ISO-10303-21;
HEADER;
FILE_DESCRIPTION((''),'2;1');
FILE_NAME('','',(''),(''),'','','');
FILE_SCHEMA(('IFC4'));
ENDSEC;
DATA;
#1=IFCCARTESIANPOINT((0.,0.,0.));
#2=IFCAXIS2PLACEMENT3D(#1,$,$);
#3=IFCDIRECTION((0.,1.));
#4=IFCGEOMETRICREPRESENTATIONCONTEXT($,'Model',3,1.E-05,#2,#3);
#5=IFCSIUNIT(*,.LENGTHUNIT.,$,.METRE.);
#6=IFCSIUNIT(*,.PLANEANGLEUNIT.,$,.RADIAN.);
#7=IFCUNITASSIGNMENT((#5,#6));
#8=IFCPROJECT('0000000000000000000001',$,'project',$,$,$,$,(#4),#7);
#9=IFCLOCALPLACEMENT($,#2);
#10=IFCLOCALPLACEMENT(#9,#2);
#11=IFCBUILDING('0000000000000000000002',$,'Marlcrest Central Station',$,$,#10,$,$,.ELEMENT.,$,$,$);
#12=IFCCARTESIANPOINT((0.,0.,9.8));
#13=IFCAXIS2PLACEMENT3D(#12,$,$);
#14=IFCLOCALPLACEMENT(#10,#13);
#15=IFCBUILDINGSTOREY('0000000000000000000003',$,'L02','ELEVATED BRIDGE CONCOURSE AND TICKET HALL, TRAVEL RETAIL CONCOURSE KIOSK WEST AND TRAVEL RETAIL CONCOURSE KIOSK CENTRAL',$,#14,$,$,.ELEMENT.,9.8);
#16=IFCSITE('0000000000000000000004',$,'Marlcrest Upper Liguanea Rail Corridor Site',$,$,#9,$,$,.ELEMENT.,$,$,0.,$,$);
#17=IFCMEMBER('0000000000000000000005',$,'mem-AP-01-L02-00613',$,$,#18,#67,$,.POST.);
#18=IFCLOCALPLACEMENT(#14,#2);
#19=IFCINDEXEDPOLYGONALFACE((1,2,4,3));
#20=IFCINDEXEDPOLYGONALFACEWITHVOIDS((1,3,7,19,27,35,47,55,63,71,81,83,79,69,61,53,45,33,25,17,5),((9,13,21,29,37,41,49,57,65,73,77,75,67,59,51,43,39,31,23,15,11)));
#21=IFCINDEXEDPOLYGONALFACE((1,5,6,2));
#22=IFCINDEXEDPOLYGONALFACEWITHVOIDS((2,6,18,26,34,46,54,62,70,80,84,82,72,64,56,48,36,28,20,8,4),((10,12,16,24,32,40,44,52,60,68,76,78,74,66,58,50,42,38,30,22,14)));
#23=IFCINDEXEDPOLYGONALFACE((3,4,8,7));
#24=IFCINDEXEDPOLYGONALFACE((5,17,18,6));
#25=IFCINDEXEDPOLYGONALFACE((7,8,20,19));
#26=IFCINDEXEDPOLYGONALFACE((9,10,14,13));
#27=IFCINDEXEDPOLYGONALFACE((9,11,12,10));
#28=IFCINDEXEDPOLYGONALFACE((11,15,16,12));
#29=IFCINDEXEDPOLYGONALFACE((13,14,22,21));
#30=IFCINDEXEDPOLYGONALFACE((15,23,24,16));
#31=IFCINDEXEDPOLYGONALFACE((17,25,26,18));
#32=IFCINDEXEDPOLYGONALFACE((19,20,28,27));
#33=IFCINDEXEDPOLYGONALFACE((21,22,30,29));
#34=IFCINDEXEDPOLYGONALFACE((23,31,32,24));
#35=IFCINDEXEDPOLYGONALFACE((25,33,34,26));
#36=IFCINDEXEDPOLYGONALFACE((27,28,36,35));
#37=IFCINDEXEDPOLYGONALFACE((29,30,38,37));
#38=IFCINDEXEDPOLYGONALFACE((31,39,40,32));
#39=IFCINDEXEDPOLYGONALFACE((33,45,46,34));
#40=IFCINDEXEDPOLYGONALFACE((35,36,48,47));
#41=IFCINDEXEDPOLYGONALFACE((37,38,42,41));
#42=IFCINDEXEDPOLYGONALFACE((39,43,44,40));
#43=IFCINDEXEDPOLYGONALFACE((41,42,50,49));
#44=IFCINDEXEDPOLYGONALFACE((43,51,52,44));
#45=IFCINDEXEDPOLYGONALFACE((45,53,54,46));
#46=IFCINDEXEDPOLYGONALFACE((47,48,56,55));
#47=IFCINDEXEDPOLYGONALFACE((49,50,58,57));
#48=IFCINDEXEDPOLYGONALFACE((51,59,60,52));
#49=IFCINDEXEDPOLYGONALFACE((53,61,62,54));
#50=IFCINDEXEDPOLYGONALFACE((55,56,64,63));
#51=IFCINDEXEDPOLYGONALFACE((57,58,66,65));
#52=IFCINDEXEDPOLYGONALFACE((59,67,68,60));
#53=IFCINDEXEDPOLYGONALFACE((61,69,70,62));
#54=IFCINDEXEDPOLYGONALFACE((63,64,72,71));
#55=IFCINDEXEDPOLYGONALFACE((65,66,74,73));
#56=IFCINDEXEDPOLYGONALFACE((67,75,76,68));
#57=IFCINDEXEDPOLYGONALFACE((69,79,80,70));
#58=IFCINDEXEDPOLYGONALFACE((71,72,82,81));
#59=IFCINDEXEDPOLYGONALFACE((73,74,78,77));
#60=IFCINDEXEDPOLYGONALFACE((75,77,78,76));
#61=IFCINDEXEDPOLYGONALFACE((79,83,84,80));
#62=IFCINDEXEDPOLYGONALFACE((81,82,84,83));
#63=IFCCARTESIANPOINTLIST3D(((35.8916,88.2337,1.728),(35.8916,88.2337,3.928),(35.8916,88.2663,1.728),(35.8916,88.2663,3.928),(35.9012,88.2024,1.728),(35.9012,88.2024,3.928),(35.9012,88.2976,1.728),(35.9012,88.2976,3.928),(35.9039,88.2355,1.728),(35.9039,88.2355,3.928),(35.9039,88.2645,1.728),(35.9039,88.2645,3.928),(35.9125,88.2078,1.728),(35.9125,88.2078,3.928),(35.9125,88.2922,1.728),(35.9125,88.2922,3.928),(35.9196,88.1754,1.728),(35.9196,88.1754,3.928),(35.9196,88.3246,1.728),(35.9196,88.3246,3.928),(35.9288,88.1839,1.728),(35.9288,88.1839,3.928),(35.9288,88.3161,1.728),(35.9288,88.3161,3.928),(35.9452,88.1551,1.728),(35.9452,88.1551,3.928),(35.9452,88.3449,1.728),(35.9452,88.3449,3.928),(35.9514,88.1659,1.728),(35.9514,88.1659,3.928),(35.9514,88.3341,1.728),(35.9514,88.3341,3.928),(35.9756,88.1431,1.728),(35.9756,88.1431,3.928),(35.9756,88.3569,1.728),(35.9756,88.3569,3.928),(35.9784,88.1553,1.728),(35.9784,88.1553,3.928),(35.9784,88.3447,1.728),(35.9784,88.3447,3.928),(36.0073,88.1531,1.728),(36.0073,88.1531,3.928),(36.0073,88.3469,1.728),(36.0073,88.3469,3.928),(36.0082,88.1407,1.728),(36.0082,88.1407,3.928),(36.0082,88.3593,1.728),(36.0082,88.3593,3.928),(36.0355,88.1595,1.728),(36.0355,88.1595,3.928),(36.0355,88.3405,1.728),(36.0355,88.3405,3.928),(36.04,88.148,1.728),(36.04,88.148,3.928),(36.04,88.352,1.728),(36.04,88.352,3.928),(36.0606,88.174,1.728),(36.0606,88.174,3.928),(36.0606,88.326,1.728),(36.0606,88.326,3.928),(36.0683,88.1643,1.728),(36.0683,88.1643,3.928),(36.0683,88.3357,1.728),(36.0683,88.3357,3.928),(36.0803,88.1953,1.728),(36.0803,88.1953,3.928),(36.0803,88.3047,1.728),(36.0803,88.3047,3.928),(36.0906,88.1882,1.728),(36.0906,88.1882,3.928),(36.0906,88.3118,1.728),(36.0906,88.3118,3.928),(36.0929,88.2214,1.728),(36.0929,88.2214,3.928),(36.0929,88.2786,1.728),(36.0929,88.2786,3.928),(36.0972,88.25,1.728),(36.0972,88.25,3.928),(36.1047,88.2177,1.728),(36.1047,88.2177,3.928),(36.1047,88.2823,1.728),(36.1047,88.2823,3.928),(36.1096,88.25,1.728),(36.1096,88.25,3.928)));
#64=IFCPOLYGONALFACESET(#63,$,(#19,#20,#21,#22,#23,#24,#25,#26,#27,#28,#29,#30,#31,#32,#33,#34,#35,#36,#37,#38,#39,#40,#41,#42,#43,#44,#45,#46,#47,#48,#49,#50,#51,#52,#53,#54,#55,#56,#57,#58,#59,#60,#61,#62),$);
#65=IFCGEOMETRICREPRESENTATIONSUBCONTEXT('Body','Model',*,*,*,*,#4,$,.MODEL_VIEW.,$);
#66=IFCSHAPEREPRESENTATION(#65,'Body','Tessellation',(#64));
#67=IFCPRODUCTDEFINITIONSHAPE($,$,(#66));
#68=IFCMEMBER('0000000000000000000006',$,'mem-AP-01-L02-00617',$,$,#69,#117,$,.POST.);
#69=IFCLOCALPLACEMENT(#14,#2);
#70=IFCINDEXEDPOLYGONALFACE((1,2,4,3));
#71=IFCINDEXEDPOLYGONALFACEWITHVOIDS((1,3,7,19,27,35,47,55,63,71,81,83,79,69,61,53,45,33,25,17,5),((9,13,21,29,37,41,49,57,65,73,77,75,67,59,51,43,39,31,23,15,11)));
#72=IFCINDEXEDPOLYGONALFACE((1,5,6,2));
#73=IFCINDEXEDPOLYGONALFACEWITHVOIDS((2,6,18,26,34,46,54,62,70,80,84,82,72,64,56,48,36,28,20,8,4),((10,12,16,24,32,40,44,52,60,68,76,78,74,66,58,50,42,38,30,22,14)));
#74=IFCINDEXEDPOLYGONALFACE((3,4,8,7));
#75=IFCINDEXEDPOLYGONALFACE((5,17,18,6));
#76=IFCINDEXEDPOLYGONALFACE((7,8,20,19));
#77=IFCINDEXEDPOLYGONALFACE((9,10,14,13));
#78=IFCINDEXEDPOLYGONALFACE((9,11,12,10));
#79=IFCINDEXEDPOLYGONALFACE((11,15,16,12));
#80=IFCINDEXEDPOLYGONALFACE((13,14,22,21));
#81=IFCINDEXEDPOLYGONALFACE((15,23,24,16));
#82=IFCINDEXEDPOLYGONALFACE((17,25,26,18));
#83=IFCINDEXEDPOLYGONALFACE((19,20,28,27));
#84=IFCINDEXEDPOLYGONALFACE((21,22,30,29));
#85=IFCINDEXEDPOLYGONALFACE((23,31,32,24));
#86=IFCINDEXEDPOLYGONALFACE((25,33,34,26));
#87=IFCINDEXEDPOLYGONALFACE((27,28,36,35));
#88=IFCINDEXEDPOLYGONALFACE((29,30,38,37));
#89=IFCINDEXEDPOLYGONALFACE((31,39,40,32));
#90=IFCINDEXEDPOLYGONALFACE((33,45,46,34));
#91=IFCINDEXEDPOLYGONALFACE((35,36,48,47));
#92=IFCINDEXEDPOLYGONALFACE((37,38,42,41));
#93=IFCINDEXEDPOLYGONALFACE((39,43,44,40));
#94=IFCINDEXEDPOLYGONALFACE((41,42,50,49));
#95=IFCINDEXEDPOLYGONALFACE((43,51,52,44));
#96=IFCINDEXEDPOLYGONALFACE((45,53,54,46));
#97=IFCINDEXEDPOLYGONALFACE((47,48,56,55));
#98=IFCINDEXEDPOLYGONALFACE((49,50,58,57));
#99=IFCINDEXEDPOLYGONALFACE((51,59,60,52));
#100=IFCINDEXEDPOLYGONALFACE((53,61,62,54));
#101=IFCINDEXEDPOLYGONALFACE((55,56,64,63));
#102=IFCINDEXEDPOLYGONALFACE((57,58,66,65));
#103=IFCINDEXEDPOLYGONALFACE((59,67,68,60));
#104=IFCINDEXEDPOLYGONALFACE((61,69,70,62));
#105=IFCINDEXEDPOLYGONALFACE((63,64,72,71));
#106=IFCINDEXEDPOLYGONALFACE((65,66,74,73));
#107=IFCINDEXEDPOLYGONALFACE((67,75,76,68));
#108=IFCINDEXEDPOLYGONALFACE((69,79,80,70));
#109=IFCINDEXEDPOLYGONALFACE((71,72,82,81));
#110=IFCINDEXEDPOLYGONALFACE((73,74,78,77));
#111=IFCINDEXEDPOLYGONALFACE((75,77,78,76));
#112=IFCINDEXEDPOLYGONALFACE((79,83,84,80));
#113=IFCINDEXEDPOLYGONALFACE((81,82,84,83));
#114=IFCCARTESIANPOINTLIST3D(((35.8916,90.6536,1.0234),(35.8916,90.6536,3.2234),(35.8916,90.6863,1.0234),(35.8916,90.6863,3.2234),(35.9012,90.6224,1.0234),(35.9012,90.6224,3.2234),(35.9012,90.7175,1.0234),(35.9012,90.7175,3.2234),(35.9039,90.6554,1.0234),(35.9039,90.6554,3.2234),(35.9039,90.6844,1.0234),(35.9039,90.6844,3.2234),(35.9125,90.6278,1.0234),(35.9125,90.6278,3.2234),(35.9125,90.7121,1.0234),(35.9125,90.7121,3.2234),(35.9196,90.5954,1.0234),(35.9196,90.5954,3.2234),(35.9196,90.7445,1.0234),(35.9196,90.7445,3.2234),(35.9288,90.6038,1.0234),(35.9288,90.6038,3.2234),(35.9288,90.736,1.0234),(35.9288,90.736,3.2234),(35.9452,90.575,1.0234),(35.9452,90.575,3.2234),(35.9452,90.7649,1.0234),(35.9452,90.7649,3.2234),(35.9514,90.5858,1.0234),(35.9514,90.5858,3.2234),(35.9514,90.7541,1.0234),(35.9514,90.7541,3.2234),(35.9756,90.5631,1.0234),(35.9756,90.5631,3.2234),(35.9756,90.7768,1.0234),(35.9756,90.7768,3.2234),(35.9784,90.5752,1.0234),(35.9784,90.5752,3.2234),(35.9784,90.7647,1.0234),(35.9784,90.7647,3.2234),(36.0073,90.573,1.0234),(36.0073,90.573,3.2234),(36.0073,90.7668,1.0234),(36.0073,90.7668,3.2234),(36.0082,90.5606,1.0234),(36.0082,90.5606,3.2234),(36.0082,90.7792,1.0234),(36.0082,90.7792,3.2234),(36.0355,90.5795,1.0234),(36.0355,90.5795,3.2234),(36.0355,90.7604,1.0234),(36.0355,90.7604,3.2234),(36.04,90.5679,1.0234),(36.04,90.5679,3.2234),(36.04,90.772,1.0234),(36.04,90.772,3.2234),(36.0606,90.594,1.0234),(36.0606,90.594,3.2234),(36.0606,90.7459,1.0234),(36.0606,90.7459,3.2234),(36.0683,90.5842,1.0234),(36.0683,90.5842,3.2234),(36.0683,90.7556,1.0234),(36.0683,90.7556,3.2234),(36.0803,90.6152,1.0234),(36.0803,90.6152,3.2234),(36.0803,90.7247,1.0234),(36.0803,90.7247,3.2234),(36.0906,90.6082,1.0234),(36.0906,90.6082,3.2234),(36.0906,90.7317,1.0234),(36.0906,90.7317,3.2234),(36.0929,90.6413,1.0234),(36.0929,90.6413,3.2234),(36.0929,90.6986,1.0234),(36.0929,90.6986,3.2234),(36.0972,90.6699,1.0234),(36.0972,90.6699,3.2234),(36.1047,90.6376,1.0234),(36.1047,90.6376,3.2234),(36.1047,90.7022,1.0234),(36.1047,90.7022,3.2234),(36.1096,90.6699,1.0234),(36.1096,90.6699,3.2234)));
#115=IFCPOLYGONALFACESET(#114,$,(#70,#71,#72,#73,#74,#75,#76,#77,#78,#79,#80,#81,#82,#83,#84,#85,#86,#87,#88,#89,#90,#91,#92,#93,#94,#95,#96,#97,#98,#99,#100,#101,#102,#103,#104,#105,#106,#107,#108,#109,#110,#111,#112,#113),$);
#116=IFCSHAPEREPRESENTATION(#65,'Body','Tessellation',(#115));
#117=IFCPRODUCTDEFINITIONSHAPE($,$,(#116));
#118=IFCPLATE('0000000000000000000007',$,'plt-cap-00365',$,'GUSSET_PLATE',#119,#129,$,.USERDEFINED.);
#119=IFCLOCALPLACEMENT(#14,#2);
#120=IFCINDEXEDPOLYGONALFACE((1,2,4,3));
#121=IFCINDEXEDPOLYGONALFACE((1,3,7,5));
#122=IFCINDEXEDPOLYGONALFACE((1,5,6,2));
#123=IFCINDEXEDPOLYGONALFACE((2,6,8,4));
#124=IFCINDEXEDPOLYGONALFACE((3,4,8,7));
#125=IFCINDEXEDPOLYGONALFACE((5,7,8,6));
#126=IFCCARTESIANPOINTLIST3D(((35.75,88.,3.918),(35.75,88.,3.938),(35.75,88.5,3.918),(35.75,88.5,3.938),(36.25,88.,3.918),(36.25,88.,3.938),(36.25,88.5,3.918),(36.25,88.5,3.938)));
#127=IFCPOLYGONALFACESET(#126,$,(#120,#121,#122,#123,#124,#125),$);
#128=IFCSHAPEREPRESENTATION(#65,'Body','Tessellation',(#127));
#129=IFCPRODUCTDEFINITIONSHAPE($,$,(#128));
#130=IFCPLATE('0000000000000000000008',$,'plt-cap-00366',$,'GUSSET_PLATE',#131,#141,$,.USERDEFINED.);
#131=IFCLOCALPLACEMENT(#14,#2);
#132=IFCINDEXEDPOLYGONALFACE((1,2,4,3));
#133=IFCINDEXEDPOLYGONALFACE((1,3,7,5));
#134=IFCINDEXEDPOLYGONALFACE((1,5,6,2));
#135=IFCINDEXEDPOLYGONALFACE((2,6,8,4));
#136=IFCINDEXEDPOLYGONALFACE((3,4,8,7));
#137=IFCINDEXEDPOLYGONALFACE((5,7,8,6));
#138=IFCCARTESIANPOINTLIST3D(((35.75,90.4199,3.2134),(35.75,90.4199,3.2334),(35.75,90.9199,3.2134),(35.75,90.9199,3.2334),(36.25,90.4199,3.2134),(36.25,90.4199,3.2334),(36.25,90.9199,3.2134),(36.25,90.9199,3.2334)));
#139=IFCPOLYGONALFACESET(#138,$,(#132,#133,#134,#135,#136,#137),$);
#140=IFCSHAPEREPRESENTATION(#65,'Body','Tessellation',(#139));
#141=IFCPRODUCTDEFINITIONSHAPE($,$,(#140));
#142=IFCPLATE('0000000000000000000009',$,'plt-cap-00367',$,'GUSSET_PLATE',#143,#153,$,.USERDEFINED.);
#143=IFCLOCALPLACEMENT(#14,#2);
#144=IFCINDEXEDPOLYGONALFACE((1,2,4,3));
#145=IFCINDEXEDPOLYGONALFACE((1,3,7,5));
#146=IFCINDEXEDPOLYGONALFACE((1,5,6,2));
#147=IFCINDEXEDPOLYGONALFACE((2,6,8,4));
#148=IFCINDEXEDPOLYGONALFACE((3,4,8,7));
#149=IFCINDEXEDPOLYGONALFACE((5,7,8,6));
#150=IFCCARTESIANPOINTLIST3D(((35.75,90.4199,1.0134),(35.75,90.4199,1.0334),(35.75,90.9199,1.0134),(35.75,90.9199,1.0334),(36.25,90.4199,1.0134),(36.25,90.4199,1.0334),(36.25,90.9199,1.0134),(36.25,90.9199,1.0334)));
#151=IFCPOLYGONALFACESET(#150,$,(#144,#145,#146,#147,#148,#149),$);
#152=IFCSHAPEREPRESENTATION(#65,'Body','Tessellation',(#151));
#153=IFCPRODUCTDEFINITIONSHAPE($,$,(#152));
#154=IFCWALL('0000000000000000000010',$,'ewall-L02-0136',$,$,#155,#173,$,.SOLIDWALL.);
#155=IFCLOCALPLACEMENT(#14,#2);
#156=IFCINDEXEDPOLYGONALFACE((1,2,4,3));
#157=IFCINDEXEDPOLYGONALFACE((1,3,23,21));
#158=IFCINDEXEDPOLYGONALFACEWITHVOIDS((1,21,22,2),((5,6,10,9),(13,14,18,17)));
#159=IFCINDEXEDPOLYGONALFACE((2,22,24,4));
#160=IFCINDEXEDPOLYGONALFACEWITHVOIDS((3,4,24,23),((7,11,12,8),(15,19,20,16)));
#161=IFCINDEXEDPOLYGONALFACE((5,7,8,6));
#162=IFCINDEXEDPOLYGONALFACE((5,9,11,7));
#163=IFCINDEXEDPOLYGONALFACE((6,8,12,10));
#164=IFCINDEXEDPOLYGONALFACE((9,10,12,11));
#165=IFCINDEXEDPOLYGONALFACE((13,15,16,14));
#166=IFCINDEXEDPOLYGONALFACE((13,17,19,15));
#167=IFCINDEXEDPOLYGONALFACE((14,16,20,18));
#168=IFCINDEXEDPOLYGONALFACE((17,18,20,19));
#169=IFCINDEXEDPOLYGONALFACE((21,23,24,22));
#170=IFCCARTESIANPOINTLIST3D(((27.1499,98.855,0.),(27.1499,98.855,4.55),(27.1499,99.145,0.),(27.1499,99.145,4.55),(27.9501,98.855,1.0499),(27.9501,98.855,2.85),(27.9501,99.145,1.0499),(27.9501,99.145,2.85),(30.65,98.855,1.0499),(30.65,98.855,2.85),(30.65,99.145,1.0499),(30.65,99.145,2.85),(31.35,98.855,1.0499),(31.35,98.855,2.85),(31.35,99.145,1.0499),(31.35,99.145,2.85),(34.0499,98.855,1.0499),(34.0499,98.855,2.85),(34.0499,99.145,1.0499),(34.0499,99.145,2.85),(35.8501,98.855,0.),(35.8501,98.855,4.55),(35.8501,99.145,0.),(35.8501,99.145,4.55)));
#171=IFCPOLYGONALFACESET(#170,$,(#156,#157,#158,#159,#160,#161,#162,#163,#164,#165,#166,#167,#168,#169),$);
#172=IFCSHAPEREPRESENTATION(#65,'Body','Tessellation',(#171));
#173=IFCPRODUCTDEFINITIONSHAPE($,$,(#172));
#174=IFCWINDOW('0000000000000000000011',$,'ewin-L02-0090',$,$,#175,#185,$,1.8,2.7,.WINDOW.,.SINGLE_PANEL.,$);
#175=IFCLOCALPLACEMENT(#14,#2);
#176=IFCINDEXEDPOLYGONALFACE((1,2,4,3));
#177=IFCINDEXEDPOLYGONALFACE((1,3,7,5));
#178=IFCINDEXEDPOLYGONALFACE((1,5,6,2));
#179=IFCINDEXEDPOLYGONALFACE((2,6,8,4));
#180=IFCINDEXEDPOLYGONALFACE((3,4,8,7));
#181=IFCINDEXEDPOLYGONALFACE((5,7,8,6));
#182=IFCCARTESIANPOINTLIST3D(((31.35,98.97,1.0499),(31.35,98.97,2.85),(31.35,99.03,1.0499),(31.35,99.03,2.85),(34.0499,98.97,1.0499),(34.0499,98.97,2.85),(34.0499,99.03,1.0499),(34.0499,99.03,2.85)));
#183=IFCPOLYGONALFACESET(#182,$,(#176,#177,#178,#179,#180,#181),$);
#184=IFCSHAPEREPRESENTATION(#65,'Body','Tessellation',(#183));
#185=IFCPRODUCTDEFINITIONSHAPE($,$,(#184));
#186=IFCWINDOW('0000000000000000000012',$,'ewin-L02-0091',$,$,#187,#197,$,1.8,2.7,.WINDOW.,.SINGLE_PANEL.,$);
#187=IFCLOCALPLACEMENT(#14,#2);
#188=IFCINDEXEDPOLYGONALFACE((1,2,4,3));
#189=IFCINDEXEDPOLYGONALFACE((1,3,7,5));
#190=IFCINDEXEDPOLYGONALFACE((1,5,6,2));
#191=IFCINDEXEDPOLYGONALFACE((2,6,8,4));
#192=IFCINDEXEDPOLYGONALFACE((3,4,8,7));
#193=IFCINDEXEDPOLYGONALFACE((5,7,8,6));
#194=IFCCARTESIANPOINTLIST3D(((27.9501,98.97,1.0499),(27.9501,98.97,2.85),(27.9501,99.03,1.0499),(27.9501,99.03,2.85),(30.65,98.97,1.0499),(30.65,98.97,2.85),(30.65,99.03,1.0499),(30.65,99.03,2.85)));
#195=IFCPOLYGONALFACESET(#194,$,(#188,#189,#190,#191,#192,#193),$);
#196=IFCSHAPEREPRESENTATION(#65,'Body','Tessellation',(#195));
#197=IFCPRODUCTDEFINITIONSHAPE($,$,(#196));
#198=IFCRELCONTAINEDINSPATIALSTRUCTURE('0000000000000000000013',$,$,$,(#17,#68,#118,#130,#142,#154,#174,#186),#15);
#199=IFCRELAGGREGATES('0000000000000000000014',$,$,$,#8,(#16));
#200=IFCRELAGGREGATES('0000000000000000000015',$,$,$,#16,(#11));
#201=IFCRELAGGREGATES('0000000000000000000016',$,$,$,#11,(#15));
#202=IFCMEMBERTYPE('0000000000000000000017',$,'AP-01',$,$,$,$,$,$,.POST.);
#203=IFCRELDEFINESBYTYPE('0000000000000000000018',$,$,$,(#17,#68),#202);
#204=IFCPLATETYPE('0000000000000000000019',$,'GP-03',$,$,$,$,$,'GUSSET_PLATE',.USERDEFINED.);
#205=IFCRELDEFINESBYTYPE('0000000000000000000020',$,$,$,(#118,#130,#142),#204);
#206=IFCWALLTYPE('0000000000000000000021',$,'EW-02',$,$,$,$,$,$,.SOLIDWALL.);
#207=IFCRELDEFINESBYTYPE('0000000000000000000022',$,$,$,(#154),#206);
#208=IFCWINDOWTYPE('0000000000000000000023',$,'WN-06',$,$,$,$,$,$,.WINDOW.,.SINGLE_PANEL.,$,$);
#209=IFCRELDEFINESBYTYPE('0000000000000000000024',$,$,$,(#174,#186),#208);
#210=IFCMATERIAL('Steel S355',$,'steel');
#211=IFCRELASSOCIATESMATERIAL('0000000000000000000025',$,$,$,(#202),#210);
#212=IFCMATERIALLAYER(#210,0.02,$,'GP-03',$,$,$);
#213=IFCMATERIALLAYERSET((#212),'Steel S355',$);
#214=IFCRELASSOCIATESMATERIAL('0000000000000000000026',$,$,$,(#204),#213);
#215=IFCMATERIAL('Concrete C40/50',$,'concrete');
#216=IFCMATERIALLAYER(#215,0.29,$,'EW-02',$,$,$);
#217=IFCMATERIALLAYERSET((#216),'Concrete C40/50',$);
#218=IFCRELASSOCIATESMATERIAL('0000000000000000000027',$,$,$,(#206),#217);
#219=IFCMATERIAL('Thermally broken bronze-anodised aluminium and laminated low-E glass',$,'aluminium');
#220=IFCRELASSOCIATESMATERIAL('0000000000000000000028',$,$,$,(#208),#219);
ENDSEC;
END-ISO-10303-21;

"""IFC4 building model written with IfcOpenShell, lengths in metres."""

from ifc_helpers import new_model, si_unit, direction, frame, frame_2d, origin, origin_2d, place, context, subcontext, project, spatial, rectangle, hollow_circle, extrude, material, layer, layer_set, material_profile, profile_set, type_object, element, fill, save


model = new_model("IFC4")

# Units and contexts
model_context = context("Model", 3, precision=1e-05, world=origin(), true_north=direction((0.0, 1.0)))
body_context = subcontext(model_context, "Body", "Model", "MODEL_VIEW")
ifc_project = project(units=[si_unit("LENGTHUNIT", "METRE"), si_unit("PLANEANGLEUNIT", "RADIAN")], contexts=[model_context])

# Site, building, storey
site_placement = place(None, origin())
site = spatial("IfcSite", under=ifc_project, at=site_placement, Name="Marlcrest Upper Liguanea Rail Corridor Site", CompositionType="ELEMENT", RefElevation=0.0)
building_placement = place(site_placement, origin())
building = spatial("IfcBuilding", under=site, at=building_placement, Name="Marlcrest Central Station", CompositionType="ELEMENT")
storey_placement = place(building_placement, frame((0.0, 0.0, 9.8)))
storey = spatial("IfcBuildingStorey", under=building, at=storey_placement, Name="L02", Description="ELEVATED BRIDGE CONCOURSE AND TICKET HALL, TRAVEL RETAIL CONCOURSE KIOSK WEST AND TRAVEL RETAIL CONCOURSE KIOSK CENTRAL", CompositionType="ELEMENT", Elevation=9.8)

# Members
ifc_material_1 = material(Name="Steel S355", Category="steel")
ifc_material_profile_1 = material_profile(ifc_material_1, hollow_circle(Radius=0.1096, WallThickness=0.0125, at=origin_2d()), Name="CHS 219.1x12.5")
ifc_profile_set_1 = profile_set([ifc_material_profile_1], Name="Steel S355")
member_type_1 = type_object("IfcMemberType", Name="AP-01", PredefinedType="POST", material=ifc_profile_set_1)
for number, where, z_axis, x_axis, name in (
    (1, (36.0, 88.25, 1.728), (0.0, 0.0, 1.0), (1.0, 0.0, 0.0), "mem-AP-01-L02-00613"),
    (2, (36.0, 90.6699, 1.0234), (0.0, 0.0, 1.0), (1.0, 0.0, 0.0), "mem-AP-01-L02-00617"),
):
    element("IfcMember", number, at=place(storey_placement, frame(where, z_axis=z_axis, x_axis=x_axis)), inside=storey, type_object=member_type_1, Name=name, PredefinedType="POST", context=body_context, shape_type="SweptSolid", body=[
        extrude(hollow_circle(Radius=0.1096, WallThickness=0.0125, at=origin_2d()), origin(), (0.0, 0.0, 1.0), 2.2),
    ])

# Plates
ifc_layer_1 = layer(ifc_material_1, 0.02, Name="GP-03")
ifc_layer_set_1 = layer_set([ifc_layer_1], Name="Steel S355")
plate_type = type_object("IfcPlateType", Name="GP-03", ElementType="GUSSET_PLATE", PredefinedType="USERDEFINED", material=ifc_layer_set_1)
for number, where, z_axis, x_axis, name in (
    (3, (36.0, 88.25, 3.918), (0.0, 0.0, 1.0), (1.0, 0.0, 0.0), "plt-cap-00365"),
    (4, (36.0, 90.6699, 3.2134), (0.0, 0.0, 1.0), (1.0, 0.0, 0.0), "plt-cap-00366"),
    (5, (36.0, 90.6699, 1.0134), (0.0, 0.0, 1.0), (1.0, 0.0, 0.0), "plt-cap-00367"),
):
    element("IfcPlate", number, at=place(storey_placement, frame(where, z_axis=z_axis, x_axis=x_axis)), inside=storey, type_object=plate_type, Name=name, ObjectType="GUSSET_PLATE", PredefinedType="USERDEFINED", context=body_context, shape_type="SweptSolid", body=[
        extrude(rectangle(XDim=0.5, YDim=0.5, at=origin_2d()), origin(), (0.0, 0.0, 1.0), 0.02),
    ])

# Wall, openings, windows
ifc_material_2 = material(Name="Concrete C40/50", Category="concrete")
ifc_layer_2 = layer(ifc_material_2, 0.29, Name="EW-02")
ifc_layer_set_2 = layer_set([ifc_layer_2], Name="Concrete C40/50")
wall_type = type_object("IfcWallType", Name="EW-02", PredefinedType="SOLIDWALL", material=ifc_layer_set_2)
wall_placement = place(storey_placement, frame((35.8501, 99.0, 0.0), z_axis=(0.0, 0.0, 1.0), x_axis=(-1.0, 0.0, 0.0)))
wall = element("IfcWall", 6, at=wall_placement, inside=storey, type_object=wall_type, Name="ewall-L02-0136", PredefinedType="SOLIDWALL", context=body_context, shape_type="SweptSolid", body=[
    extrude(rectangle(XDim=8.7002, YDim=0.29, at=frame_2d((4.3501, 0.0))), origin(), (0.0, 0.0, 1.0), 4.55),
])
opening_1_placement = place(wall_placement, frame((1.8, 0.0, 1.05)))
opening_1 = element("IfcOpeningElement", 7, at=opening_1_placement, cuts=wall, PredefinedType="OPENING", context=body_context, shape_type="SweptSolid", body=[
    extrude(rectangle(XDim=2.7, YDim=1.8, at=frame_2d((1.3501, 0.8999))), frame((0.0, 0.155, 0.0), z_axis=(0.0, -1.0, 0.0), x_axis=(1.0, 0.0, 0.0)), (0.0, 0.0, 1.0), 0.3101),
])
opening_2_placement = place(wall_placement, frame((5.2, 0.0, 1.05)))
opening_2 = element("IfcOpeningElement", 8, at=opening_2_placement, cuts=wall, PredefinedType="OPENING", context=body_context, shape_type="SweptSolid", body=[
    extrude(rectangle(XDim=2.7, YDim=1.8, at=frame_2d((1.3501, 0.8999))), frame((0.0, 0.155, 0.0), z_axis=(0.0, -1.0, 0.0), x_axis=(1.0, 0.0, 0.0)), (0.0, 0.0, 1.0), 0.3101),
])
ifc_material_3 = material(Name="Thermally broken bronze-anodised aluminium and laminated low-E glass", Category="aluminium")
window_type = type_object("IfcWindowType", Name="WN-06", PartitioningType="SINGLE_PANEL", PredefinedType="WINDOW", material=ifc_material_3)
window_1_placement = place(opening_1_placement, origin())
window_1 = element("IfcWindow", 9, at=window_1_placement, inside=storey, type_object=window_type, Name="ewin-L02-0090", OverallHeight=1.8, OverallWidth=2.7, PartitioningType="SINGLE_PANEL", PredefinedType="WINDOW", context=body_context, shape_type="SweptSolid", body=[
    extrude(rectangle(XDim=2.7, YDim=1.8, at=frame_2d((1.3501, 0.8999))), frame((0.0, 0.03, 0.0), z_axis=(0.0, -1.0, 0.0), x_axis=(1.0, 0.0, 0.0)), (0.0, 0.0, 1.0), 0.0601),
])
fill(opening_1, window_1)
window_2_placement = place(opening_2_placement, origin())
window_2 = element("IfcWindow", 10, at=window_2_placement, inside=storey, type_object=window_type, Name="ewin-L02-0091", OverallHeight=1.8, OverallWidth=2.7, PartitioningType="SINGLE_PANEL", PredefinedType="WINDOW", context=body_context, shape_type="SweptSolid", body=[
    extrude(rectangle(XDim=2.7, YDim=1.8, at=frame_2d((1.3501, 0.8999))), frame((0.0, 0.03, 0.0), z_axis=(0.0, -1.0, 0.0), x_axis=(1.0, 0.0, 0.0)), (0.0, 0.0, 1.0), 0.0601),
])
fill(opening_2, window_2)

save(model, "model.ifc")
